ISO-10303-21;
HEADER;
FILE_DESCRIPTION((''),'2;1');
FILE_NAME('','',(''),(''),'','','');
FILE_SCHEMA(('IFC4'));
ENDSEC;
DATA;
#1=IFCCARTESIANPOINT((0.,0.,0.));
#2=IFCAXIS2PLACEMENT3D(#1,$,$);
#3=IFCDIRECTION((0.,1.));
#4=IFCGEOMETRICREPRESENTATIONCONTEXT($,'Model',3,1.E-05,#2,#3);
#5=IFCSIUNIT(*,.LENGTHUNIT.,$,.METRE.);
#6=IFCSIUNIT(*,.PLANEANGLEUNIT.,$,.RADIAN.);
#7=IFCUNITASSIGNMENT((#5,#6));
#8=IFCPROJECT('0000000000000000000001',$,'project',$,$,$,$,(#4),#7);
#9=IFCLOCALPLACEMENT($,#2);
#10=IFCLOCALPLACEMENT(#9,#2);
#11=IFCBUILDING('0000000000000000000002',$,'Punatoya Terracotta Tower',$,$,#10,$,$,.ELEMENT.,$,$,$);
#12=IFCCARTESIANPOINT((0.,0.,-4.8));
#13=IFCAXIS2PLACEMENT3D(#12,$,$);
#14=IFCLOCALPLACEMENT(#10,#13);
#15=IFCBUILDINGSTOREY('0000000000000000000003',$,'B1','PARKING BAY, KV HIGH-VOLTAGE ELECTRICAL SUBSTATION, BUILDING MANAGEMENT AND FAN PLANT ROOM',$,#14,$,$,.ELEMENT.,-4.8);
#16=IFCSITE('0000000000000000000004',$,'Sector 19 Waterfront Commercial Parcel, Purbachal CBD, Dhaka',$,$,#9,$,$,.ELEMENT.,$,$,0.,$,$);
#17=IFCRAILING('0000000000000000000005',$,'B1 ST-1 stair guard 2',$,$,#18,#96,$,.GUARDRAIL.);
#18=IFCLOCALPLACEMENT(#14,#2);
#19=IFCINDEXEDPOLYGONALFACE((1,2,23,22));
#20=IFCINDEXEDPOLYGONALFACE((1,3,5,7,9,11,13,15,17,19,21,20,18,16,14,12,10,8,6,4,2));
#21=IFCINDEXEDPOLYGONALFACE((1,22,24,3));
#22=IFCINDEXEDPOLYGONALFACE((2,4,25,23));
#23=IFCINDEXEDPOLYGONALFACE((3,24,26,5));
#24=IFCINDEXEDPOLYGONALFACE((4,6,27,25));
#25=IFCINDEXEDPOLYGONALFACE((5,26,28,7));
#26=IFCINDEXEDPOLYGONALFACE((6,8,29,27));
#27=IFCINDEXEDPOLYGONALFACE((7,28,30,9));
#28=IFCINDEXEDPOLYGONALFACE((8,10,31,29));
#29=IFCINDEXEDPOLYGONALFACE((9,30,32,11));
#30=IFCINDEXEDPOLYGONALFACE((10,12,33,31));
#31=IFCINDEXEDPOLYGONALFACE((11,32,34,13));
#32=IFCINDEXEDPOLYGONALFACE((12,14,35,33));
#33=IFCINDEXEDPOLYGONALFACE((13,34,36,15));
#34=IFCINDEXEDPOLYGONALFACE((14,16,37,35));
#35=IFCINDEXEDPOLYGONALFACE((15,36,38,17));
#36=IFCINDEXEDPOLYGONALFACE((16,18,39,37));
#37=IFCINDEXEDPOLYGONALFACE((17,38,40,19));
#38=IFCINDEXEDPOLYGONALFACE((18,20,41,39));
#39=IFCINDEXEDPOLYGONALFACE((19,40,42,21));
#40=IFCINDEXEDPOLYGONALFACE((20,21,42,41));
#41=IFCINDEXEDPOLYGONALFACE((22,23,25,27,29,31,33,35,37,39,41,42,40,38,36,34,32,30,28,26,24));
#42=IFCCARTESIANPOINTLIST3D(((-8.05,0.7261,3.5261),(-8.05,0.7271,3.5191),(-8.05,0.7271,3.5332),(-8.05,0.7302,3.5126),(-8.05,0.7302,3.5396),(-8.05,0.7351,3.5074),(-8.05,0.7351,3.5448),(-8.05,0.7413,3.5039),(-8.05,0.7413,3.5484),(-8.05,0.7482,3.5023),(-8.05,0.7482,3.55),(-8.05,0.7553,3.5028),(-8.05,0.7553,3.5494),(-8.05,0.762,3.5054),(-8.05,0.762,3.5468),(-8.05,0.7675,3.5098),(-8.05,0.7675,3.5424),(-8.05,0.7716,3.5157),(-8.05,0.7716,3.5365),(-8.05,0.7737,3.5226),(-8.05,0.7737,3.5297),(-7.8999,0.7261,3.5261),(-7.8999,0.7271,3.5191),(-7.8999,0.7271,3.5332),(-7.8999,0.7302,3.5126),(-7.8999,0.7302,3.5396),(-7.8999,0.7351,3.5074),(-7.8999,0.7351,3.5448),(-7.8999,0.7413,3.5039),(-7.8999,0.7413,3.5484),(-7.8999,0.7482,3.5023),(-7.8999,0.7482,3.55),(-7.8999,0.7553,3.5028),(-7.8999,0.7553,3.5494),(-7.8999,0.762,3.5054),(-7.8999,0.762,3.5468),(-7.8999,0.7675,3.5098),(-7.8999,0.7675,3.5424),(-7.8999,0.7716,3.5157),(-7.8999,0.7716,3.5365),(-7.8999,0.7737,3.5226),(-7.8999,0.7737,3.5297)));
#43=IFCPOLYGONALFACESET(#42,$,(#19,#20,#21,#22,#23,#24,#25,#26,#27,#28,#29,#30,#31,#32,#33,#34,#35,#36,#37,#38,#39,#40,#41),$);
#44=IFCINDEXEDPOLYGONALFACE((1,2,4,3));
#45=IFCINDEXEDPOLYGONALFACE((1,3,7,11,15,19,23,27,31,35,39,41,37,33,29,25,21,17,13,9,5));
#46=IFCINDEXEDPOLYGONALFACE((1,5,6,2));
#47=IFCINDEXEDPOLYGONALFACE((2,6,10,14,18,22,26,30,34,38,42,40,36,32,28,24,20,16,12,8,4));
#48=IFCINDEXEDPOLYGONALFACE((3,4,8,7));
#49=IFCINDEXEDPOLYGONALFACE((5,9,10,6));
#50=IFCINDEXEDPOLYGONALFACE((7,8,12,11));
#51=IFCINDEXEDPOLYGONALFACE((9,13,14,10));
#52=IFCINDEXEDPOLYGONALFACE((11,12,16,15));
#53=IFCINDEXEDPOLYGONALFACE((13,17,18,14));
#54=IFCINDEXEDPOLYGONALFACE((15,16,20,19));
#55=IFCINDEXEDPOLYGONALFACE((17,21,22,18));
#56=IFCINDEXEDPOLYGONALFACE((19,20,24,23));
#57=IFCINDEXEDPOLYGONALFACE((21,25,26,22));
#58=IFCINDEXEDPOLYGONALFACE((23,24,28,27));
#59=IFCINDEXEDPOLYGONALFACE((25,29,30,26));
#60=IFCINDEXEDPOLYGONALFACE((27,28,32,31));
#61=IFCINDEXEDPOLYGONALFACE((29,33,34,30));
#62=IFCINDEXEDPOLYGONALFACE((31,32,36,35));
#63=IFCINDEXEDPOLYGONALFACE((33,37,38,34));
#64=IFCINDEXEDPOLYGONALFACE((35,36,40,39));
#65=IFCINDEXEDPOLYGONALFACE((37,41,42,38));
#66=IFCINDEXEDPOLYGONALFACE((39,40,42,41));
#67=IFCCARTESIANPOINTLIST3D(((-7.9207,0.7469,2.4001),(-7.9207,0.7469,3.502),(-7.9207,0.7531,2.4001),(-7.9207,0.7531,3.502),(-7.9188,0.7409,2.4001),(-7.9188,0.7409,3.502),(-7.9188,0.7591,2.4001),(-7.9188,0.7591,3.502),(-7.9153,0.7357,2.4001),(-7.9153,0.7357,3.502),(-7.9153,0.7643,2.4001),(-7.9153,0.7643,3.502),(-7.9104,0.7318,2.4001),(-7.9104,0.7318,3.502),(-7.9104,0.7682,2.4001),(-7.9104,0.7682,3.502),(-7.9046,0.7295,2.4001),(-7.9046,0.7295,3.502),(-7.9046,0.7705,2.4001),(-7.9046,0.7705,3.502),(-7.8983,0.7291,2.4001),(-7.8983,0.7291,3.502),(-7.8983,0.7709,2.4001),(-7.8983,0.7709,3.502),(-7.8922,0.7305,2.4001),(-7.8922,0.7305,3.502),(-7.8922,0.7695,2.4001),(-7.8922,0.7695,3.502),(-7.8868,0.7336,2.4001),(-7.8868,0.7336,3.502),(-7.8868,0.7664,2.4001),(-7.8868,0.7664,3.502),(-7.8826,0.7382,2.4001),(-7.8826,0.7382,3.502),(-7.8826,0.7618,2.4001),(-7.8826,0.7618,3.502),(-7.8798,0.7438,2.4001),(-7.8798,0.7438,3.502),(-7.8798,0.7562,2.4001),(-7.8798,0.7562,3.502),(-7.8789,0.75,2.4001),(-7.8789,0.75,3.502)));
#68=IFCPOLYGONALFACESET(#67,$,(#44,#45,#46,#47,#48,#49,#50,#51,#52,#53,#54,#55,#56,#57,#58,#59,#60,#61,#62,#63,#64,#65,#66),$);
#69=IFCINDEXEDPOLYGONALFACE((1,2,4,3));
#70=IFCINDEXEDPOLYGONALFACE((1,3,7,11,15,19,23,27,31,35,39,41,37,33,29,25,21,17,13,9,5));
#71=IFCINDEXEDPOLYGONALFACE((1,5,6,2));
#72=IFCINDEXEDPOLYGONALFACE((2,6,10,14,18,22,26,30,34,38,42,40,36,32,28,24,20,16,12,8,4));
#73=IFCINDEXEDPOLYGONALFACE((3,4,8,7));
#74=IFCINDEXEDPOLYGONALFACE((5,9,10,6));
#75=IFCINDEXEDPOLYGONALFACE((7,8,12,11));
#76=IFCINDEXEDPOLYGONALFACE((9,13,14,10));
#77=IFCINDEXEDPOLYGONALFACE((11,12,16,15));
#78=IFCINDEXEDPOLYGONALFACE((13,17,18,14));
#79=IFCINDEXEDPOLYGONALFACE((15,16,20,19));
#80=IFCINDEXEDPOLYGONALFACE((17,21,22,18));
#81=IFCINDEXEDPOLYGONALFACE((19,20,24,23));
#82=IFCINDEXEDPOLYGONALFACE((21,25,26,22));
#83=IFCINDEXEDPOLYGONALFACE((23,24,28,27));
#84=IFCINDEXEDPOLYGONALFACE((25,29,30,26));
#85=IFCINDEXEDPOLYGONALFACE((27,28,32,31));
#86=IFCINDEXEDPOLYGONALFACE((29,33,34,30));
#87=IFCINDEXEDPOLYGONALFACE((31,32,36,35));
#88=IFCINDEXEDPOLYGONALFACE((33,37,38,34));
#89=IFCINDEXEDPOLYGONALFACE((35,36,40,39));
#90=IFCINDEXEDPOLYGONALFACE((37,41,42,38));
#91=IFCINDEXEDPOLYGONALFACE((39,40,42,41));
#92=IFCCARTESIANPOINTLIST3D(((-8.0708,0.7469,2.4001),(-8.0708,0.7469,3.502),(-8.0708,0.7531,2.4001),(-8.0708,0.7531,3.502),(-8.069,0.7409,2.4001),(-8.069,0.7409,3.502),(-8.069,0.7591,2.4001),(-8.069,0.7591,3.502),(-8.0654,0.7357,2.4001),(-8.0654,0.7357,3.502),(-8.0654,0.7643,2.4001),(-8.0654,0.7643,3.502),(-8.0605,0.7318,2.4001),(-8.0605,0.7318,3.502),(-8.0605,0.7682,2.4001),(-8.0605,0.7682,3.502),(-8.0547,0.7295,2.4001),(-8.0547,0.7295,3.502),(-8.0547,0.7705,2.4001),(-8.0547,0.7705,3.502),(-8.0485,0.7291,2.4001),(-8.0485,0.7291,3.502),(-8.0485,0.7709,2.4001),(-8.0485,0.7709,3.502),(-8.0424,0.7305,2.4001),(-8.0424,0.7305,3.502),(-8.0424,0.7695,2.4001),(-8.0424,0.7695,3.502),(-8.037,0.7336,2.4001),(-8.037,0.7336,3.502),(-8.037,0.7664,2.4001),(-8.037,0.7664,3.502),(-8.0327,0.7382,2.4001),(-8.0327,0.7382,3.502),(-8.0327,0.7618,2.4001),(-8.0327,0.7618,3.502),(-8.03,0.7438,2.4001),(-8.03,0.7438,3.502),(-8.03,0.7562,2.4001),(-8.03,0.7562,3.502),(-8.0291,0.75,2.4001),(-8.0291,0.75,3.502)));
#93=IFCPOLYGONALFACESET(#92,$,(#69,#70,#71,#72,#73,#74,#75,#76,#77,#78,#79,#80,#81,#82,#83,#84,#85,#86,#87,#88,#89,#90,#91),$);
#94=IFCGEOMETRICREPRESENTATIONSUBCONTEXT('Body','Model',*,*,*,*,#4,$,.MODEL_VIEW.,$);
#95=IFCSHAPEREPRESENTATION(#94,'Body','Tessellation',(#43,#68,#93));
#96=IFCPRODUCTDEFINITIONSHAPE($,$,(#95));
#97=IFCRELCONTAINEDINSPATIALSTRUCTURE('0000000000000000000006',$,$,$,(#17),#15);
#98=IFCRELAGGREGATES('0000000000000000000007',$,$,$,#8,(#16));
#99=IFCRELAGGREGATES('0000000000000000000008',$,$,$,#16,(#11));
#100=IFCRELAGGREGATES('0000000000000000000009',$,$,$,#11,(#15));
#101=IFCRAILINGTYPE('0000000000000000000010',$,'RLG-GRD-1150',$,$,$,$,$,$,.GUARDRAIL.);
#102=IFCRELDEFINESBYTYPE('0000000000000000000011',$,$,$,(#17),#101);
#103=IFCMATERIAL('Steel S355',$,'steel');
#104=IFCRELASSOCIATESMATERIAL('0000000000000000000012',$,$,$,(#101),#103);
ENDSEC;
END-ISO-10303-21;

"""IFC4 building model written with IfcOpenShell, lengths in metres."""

from ifc_helpers import new_model, si_unit, direction, frame, origin, origin_2d, place, context, subcontext, project, spatial, circle, extrude, material, type_object, element, save


model = new_model("IFC4")

# Units and contexts
model_context = context("Model", 3, precision=1e-05, world=origin(), true_north=direction((0.0, 1.0)))
body_context = subcontext(model_context, "Body", "Model", "MODEL_VIEW")
ifc_project = project(units=[si_unit("LENGTHUNIT", "METRE"), si_unit("PLANEANGLEUNIT", "RADIAN")], contexts=[model_context])

# Site, building, storey
site_placement = place(None, origin())
site = spatial("IfcSite", under=ifc_project, at=site_placement, Name="Sector 19 Waterfront Commercial Parcel, Purbachal CBD, Dhaka", CompositionType="ELEMENT", RefElevation=0.0)
building_placement = place(site_placement, origin())
building = spatial("IfcBuilding", under=site, at=building_placement, Name="Punatoya Terracotta Tower", CompositionType="ELEMENT")
storey_placement = place(building_placement, frame((0.0, 0.0, -4.8)))
storey = spatial("IfcBuildingStorey", under=building, at=storey_placement, Name="B1", Description="PARKING BAY, KV HIGH-VOLTAGE ELECTRICAL SUBSTATION, BUILDING MANAGEMENT AND FAN PLANT ROOM", CompositionType="ELEMENT", Elevation=-4.8)

# Shared definitions
ifc_material_1 = material(Name="Steel S355", Category="steel")

# Railing
railing_type_1 = type_object("IfcRailingType", Name="RLG-GRD-1150", PredefinedType="GUARDRAIL", material=ifc_material_1)
railing_1_placement = place(storey_placement, frame((-7.8999, 0.75, 2.4001)))
element("IfcRailing", 1, at=railing_1_placement, inside=storey, type_object=railing_type_1, Name="B1 ST-1 stair guard 2", PredefinedType="GUARDRAIL", context=body_context, shape_type="SweptSolid", body=[
    extrude(circle(Radius=0.0239, at=origin_2d()), frame((0.0, 0.0, 1.126), z_axis=(-1.0, 0.0, 0.0), x_axis=(0.0, -1.0, 0.0)), (0.0, 0.0, 1.0), 0.1501),
    extrude(circle(Radius=0.021, at=origin_2d()), origin(), (0.0, 0.0, 1.0), 1.1018),
    extrude(circle(Radius=0.021, at=origin_2d()), frame((-0.1501, 0.0, 0.0)), (0.0, 0.0, 1.0), 1.1018),
])

save(model, "model.ifc")
